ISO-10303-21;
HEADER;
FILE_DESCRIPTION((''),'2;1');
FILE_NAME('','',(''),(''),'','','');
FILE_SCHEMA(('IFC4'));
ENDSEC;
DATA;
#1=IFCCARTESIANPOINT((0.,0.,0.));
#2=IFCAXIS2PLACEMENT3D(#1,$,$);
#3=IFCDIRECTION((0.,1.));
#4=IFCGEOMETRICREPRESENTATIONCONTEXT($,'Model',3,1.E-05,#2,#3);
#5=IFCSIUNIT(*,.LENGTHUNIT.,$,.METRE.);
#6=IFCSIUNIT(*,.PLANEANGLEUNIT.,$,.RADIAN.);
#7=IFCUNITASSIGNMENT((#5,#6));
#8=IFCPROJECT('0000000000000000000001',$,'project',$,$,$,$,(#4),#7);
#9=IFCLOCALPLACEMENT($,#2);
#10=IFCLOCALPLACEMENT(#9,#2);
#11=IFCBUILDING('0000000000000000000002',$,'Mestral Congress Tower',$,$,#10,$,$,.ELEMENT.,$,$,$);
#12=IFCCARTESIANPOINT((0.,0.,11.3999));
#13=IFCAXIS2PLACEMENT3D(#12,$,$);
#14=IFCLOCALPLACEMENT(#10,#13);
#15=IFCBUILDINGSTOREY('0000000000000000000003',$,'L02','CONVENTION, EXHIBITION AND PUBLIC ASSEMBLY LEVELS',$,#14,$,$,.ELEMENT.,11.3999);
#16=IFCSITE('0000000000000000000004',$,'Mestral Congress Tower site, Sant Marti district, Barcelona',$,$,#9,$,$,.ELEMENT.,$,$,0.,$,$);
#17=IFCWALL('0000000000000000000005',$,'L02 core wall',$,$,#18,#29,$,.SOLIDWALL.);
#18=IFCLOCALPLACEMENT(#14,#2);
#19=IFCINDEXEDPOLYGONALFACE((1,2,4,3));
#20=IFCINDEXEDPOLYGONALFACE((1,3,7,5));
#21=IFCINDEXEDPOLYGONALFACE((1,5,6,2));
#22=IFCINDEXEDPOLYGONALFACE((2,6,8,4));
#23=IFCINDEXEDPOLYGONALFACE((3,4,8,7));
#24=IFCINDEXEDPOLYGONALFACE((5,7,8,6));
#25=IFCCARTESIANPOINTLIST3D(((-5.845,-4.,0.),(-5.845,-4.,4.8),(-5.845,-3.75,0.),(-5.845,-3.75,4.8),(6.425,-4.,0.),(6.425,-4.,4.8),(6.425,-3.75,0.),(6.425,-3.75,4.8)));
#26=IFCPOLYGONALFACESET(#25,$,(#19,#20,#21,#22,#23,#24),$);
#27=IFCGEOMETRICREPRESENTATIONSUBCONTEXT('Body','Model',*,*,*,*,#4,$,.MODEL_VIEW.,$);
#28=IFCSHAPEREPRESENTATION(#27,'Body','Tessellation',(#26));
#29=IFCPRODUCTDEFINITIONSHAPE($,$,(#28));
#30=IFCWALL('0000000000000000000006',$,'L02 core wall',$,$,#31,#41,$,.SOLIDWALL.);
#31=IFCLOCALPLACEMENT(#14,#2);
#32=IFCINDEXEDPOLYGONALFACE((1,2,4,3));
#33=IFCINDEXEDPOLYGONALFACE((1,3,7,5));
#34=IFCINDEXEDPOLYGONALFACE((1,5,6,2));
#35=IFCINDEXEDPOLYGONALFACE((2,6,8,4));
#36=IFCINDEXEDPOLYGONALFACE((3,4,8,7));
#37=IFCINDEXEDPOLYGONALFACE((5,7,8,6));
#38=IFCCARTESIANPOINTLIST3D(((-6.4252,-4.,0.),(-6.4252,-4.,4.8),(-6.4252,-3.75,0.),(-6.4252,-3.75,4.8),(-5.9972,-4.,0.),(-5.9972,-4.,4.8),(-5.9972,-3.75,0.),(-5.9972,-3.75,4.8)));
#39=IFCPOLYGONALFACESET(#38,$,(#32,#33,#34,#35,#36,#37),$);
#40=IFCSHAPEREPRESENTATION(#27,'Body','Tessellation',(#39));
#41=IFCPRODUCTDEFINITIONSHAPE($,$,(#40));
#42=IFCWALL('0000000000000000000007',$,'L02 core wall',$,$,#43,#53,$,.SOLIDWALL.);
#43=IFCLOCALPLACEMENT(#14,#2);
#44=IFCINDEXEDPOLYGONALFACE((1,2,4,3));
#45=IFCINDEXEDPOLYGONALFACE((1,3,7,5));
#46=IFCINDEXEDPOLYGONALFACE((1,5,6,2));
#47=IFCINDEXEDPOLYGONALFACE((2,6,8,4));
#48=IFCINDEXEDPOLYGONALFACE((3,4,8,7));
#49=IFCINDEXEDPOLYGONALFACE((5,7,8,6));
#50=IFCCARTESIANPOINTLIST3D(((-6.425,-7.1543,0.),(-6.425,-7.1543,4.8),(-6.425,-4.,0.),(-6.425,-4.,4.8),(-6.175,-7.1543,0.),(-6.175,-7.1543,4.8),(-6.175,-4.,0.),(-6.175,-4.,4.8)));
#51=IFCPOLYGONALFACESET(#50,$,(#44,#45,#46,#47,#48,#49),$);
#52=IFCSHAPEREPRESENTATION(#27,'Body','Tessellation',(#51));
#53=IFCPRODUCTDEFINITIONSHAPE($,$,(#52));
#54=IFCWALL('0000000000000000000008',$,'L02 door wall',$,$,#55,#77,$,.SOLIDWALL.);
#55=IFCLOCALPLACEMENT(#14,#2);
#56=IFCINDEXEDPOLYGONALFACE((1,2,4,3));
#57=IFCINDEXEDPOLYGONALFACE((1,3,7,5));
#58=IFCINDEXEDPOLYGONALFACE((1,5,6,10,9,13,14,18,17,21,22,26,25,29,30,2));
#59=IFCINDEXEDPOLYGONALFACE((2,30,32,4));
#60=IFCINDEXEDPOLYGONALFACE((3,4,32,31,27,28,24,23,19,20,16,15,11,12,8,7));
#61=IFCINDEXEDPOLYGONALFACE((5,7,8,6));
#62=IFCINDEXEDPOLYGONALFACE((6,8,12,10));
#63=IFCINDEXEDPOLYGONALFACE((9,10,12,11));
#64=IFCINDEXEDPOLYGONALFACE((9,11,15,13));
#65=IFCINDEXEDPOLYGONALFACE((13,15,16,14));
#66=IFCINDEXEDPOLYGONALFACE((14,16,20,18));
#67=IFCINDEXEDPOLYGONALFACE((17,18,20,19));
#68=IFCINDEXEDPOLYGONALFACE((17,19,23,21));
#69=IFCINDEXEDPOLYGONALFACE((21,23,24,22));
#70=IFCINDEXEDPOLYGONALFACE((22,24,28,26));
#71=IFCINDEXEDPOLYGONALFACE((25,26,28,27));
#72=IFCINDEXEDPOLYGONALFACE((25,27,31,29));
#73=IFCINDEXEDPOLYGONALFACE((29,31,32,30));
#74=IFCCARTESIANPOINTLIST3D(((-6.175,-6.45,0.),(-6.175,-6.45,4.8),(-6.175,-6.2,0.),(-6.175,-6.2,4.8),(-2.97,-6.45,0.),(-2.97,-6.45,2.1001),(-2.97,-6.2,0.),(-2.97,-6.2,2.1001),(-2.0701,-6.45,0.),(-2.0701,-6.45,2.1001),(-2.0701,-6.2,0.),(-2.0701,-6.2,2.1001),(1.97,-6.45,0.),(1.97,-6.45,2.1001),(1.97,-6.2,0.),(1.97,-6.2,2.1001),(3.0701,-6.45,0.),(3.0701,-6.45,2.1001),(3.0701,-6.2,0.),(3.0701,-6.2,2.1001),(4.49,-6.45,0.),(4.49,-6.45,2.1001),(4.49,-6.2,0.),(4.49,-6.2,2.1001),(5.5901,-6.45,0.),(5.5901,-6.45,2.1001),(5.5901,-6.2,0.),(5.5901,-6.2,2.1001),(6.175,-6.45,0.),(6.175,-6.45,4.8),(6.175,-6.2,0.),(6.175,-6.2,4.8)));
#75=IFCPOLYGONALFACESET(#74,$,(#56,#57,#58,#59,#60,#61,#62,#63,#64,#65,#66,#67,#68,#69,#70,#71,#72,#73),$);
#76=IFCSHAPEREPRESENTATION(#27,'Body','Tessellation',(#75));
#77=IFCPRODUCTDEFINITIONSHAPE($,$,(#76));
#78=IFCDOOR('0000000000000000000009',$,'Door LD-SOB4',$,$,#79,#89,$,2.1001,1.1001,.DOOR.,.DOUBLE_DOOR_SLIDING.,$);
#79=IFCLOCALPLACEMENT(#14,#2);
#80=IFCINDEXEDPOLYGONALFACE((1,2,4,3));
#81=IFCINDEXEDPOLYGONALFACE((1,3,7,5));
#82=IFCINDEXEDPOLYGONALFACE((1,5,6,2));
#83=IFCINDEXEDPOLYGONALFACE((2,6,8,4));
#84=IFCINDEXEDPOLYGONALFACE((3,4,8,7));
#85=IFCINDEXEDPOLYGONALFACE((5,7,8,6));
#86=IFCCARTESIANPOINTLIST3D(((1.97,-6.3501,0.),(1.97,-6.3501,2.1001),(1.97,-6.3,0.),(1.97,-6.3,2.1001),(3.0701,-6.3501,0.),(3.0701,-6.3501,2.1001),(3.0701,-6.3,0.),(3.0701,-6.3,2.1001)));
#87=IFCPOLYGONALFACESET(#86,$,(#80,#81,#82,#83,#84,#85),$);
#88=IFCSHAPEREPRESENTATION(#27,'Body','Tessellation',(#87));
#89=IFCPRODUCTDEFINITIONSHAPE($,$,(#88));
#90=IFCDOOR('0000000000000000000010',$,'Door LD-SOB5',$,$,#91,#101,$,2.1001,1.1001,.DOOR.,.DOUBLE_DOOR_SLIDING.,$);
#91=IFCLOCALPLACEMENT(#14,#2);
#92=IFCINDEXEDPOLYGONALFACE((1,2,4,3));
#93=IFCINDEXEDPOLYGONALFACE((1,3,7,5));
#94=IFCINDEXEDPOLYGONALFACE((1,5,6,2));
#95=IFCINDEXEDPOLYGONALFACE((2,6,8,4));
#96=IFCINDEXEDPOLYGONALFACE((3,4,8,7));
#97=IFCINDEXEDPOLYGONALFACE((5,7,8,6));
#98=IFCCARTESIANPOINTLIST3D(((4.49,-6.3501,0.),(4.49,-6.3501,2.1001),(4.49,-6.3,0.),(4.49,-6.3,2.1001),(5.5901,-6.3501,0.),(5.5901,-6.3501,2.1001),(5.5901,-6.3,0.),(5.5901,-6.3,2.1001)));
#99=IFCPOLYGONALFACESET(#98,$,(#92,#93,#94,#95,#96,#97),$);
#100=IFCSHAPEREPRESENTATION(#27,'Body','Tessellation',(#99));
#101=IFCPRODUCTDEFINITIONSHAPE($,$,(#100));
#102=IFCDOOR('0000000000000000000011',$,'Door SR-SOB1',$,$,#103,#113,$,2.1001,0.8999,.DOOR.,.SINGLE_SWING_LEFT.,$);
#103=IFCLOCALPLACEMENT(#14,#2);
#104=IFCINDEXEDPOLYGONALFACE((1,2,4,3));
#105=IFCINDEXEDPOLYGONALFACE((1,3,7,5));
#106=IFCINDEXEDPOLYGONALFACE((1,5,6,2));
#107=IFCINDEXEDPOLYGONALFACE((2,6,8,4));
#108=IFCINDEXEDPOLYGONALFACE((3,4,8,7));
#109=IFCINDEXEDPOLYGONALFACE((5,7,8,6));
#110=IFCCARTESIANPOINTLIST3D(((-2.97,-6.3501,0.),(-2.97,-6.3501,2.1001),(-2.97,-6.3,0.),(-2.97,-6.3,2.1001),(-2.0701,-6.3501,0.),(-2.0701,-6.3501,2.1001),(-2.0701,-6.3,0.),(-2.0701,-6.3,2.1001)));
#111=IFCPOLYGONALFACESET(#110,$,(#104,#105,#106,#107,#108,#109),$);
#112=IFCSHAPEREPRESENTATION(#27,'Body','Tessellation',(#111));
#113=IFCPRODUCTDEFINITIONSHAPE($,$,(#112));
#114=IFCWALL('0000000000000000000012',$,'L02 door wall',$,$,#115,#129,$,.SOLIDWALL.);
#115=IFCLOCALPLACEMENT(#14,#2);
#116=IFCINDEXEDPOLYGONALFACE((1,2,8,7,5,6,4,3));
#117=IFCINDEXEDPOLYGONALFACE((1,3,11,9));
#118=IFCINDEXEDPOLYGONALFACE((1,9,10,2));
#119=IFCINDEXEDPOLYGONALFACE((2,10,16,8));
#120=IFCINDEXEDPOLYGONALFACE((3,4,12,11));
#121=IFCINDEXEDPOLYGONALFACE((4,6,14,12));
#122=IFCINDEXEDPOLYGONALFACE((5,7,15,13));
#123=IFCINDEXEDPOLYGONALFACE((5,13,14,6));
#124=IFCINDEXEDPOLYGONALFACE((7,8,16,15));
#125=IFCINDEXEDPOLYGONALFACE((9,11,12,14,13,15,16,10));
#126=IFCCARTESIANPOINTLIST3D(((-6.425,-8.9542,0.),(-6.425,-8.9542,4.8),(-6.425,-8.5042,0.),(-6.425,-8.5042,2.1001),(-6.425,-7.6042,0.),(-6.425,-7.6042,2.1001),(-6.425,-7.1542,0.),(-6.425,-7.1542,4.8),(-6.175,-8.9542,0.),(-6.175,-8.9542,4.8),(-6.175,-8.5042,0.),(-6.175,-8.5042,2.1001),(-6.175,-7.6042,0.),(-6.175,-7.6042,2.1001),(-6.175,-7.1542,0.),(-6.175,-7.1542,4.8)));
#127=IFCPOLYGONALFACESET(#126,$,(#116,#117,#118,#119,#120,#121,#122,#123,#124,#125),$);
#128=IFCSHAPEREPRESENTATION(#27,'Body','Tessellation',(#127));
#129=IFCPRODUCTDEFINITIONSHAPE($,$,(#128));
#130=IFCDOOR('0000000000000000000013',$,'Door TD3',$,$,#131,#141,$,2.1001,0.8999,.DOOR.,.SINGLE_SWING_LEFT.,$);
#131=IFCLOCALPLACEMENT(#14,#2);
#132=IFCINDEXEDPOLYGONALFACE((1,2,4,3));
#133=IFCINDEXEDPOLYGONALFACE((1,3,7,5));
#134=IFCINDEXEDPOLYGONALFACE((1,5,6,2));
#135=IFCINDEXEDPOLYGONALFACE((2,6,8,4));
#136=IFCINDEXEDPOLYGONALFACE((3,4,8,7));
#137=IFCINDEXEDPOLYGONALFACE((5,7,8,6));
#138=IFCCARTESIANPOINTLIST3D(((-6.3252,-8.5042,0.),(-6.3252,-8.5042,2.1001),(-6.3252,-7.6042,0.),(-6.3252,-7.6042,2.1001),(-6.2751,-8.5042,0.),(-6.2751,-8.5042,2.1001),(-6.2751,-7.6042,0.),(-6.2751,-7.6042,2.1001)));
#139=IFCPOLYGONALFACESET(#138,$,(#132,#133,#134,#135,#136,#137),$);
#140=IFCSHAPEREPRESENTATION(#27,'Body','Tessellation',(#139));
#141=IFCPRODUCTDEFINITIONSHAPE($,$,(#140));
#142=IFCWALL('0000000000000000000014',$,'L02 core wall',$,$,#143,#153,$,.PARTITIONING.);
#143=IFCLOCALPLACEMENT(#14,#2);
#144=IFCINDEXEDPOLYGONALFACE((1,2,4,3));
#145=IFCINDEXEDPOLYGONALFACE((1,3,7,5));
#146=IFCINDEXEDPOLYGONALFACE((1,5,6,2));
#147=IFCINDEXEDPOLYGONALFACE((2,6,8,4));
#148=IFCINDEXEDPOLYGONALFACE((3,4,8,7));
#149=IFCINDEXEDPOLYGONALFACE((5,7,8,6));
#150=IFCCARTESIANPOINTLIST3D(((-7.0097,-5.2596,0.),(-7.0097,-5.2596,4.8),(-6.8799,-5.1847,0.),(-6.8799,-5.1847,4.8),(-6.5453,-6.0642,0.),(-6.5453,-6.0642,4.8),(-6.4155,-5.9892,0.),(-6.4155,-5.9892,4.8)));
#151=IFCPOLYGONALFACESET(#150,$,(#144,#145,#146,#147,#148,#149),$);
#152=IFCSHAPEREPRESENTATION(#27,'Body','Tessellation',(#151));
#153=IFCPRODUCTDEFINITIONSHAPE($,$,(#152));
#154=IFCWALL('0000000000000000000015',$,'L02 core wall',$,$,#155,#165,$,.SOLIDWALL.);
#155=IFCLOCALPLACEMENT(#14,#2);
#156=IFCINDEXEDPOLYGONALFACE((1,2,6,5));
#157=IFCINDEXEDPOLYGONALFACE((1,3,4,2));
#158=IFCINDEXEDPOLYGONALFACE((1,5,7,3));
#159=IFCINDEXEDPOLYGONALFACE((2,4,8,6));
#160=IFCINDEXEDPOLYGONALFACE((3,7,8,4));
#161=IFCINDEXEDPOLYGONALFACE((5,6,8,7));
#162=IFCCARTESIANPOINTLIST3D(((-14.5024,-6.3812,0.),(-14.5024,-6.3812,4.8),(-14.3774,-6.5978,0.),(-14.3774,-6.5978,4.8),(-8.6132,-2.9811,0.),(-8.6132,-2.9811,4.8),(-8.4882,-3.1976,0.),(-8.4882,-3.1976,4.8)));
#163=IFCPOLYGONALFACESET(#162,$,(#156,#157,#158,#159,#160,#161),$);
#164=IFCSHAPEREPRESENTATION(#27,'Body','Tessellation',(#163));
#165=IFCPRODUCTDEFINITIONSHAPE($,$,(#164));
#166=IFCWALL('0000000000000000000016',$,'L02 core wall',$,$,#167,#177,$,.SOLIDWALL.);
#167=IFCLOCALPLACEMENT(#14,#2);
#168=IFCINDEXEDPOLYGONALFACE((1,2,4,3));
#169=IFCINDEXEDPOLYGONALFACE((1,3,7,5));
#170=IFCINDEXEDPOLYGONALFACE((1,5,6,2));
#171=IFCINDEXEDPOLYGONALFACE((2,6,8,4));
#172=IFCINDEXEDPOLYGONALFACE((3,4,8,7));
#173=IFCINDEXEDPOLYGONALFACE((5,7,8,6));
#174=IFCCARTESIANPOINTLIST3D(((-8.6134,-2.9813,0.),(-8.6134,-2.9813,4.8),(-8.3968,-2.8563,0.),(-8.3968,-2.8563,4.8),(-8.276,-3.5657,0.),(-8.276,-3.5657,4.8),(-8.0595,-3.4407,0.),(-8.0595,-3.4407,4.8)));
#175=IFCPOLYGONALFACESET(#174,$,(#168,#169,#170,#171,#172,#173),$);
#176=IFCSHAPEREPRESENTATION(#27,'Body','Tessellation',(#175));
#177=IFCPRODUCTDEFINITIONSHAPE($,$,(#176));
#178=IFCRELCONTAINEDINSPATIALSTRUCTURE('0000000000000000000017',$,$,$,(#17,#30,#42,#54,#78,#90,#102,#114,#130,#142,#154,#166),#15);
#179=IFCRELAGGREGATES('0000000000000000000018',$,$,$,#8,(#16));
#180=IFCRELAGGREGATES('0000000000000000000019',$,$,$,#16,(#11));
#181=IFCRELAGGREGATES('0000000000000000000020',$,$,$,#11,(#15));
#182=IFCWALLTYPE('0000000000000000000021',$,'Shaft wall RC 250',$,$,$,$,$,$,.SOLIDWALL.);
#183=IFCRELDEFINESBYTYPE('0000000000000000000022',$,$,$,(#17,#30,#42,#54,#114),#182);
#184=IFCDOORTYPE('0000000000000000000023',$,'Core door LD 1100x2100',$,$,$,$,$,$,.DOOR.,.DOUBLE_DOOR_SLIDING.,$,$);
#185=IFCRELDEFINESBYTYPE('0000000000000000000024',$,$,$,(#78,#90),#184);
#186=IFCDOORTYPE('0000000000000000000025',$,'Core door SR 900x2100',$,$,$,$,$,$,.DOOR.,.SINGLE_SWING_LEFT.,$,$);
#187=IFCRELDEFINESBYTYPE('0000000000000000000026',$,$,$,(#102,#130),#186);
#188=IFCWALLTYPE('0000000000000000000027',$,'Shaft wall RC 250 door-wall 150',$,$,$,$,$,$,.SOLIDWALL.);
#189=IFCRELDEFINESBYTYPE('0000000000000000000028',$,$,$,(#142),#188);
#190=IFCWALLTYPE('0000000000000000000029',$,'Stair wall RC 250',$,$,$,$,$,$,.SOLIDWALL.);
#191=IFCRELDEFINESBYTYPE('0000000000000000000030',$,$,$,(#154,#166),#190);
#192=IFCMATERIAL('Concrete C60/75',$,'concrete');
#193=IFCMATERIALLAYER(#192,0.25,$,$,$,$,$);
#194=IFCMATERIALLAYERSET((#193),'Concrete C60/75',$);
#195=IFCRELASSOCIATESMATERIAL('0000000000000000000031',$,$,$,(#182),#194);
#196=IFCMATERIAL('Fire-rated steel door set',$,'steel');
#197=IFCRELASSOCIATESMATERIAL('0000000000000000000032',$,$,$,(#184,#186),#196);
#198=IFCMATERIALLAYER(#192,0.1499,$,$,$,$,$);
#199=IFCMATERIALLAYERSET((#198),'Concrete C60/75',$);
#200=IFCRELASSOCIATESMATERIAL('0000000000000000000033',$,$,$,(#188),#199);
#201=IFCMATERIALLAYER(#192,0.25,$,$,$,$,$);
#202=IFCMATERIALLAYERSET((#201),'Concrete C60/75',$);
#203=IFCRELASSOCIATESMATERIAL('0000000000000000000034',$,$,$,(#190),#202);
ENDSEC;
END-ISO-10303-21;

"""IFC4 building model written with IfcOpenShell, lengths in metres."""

from ifc_helpers import new_model, si_unit, direction, frame, frame_2d, origin, place, context, subcontext, project, spatial, rectangle, extrude, material, layer, layer_set, type_object, element, fill, save


model = new_model("IFC4")

# Units and contexts
model_context = context("Model", 3, precision=1e-05, world=origin(), true_north=direction((0.0, 1.0)))
body_context = subcontext(model_context, "Body", "Model", "MODEL_VIEW")
ifc_project = project(units=[si_unit("LENGTHUNIT", "METRE"), si_unit("PLANEANGLEUNIT", "RADIAN")], contexts=[model_context])

# Site, building, storey
site_placement = place(None, origin())
site = spatial("IfcSite", under=ifc_project, at=site_placement, Name="Mestral Congress Tower site, Sant Marti district, Barcelona", CompositionType="ELEMENT", RefElevation=0.0)
building_placement = place(site_placement, origin())
building = spatial("IfcBuilding", under=site, at=building_placement, Name="Mestral Congress Tower", CompositionType="ELEMENT")
storey_placement = place(building_placement, frame((0.0, 0.0, 11.3999)))
storey = spatial("IfcBuildingStorey", under=building, at=storey_placement, Name="L02", Description="CONVENTION, EXHIBITION AND PUBLIC ASSEMBLY LEVELS", CompositionType="ELEMENT", Elevation=11.3999)

# Shared definitions
ifc_material_1 = material(Name="Fire-rated steel door set", Category="steel")

# Shared definitions
ifc_material_2 = material(Name="Concrete C60/75", Category="concrete")

# Walls
ifc_layer_1 = layer(ifc_material_2, 0.25)
ifc_layer_set_1 = layer_set([ifc_layer_1], Name="Concrete C60/75")
wall_type_1 = type_object("IfcWallType", Name="Shaft wall RC 250", PredefinedType="SOLIDWALL", material=ifc_layer_set_1)
wall_1_placement = place(storey_placement, frame((-5.845, -3.875, 0.0), z_axis=(0.0, 0.0, 1.0), x_axis=(1.0, 0.0, 0.0)))
element("IfcWall", 1, at=wall_1_placement, inside=storey, type_object=wall_type_1, Name="L02 core wall", PredefinedType="SOLIDWALL", context=body_context, shape_type="SweptSolid", body=[
    extrude(rectangle(XDim=12.27, YDim=0.25, at=frame_2d((6.135, 0.0))), origin(), (0.0, 0.0, 1.0), 4.8),
])
wall_2_placement = place(storey_placement, frame((-6.425, -3.875, 0.0), z_axis=(0.0, 0.0, 1.0), x_axis=(1.0, 0.0, 0.0)))
element("IfcWall", 2, at=wall_2_placement, inside=storey, type_object=wall_type_1, Name="L02 core wall", PredefinedType="SOLIDWALL", context=body_context, shape_type="SweptSolid", body=[
    extrude(rectangle(XDim=0.428, YDim=0.25, at=frame_2d((0.2139, 0.0))), origin(), (0.0, 0.0, 1.0), 4.8),
])
wall_3_placement = place(storey_placement, frame((-6.3, -4.0, 0.0), z_axis=(0.0, 0.0, 1.0), x_axis=(0.0, -1.0, 0.0)))
element("IfcWall", 3, at=wall_3_placement, inside=storey, type_object=wall_type_1, Name="L02 core wall", PredefinedType="SOLIDWALL", context=body_context, shape_type="SweptSolid", body=[
    extrude(rectangle(XDim=3.1543, YDim=0.25, at=frame_2d((1.5771, 0.0))), origin(), (0.0, 0.0, 1.0), 4.8),
])

# Wall, openings, doors
wall_4_placement = place(storey_placement, frame((-6.175, -6.325, 0.0), z_axis=(0.0, 0.0, 1.0), x_axis=(1.0, 0.0, 0.0)))
wall_4 = element("IfcWall", 4, at=wall_4_placement, inside=storey, type_object=wall_type_1, Name="L02 door wall", PredefinedType="SOLIDWALL", context=body_context, shape_type="SweptSolid", body=[
    extrude(rectangle(XDim=12.3501, YDim=0.25, at=frame_2d((6.175, 0.0))), origin(), (0.0, 0.0, 1.0), 4.8),
])
opening_1_placement = place(wall_4_placement, frame((3.2051, 0.0, 0.0)))
opening_1 = element("IfcOpeningElement", 5, at=opening_1_placement, cuts=wall_4, PredefinedType="OPENING", context=body_context, shape_type="SweptSolid", body=[
    extrude(rectangle(XDim=0.8999, YDim=2.1001, at=frame_2d((0.45, 1.05))), frame((0.0, 0.135, 0.0), z_axis=(0.0, -1.0, 0.0), x_axis=(1.0, 0.0, 0.0)), (0.0, 0.0, 1.0), 0.27),
])
opening_2_placement = place(wall_4_placement, frame((8.145, 0.0, 0.0)))
opening_2 = element("IfcOpeningElement", 6, at=opening_2_placement, cuts=wall_4, PredefinedType="OPENING", context=body_context, shape_type="SweptSolid", body=[
    extrude(rectangle(XDim=1.1001, YDim=2.1001, at=frame_2d((0.55, 1.05))), frame((0.0, 0.135, 0.0), z_axis=(0.0, -1.0, 0.0), x_axis=(1.0, 0.0, 0.0)), (0.0, 0.0, 1.0), 0.27),
])
opening_3_placement = place(wall_4_placement, frame((10.665, 0.0, 0.0)))
opening_3 = element("IfcOpeningElement", 7, at=opening_3_placement, cuts=wall_4, PredefinedType="OPENING", context=body_context, shape_type="SweptSolid", body=[
    extrude(rectangle(XDim=1.1001, YDim=2.1001, at=frame_2d((0.55, 1.05))), frame((0.0, 0.135, 0.0), z_axis=(0.0, -1.0, 0.0), x_axis=(1.0, 0.0, 0.0)), (0.0, 0.0, 1.0), 0.27),
])
door_type_1 = type_object("IfcDoorType", Name="Core door LD 1100x2100", OperationType="DOUBLE_DOOR_SLIDING", PredefinedType="DOOR", material=ifc_material_1)
door_1_placement = place(opening_2_placement, origin())
door_1 = element("IfcDoor", 8, at=door_1_placement, inside=storey, type_object=door_type_1, Name="Door LD-SOB4", OperationType="DOUBLE_DOOR_SLIDING", OverallHeight=2.1001, OverallWidth=1.1001, PredefinedType="DOOR", context=body_context, shape_type="SweptSolid", body=[
    extrude(rectangle(XDim=1.1001, YDim=2.1001, at=frame_2d((0.55, 1.05))), frame((0.0, 0.0249, 0.0), z_axis=(0.0, -1.0, 0.0), x_axis=(1.0, 0.0, 0.0)), (0.0, 0.0, 1.0), 0.05),
])
fill(opening_2, door_1)
door_2_placement = place(opening_3_placement, origin())
door_2 = element("IfcDoor", 9, at=door_2_placement, inside=storey, type_object=door_type_1, Name="Door LD-SOB5", OperationType="DOUBLE_DOOR_SLIDING", OverallHeight=2.1001, OverallWidth=1.1001, PredefinedType="DOOR", context=body_context, shape_type="SweptSolid", body=[
    extrude(rectangle(XDim=1.1001, YDim=2.1001, at=frame_2d((0.55, 1.05))), frame((0.0, 0.0249, 0.0), z_axis=(0.0, -1.0, 0.0), x_axis=(1.0, 0.0, 0.0)), (0.0, 0.0, 1.0), 0.05),
])
fill(opening_3, door_2)
door_type_2 = type_object("IfcDoorType", Name="Core door SR 900x2100", OperationType="SINGLE_SWING_LEFT", PredefinedType="DOOR", material=ifc_material_1)
door_3_placement = place(opening_1_placement, origin())
door_3 = element("IfcDoor", 10, at=door_3_placement, inside=storey, type_object=door_type_2, Name="Door SR-SOB1", OperationType="SINGLE_SWING_LEFT", OverallHeight=2.1001, OverallWidth=0.8999, PredefinedType="DOOR", context=body_context, shape_type="SweptSolid", body=[
    extrude(rectangle(XDim=0.8999, YDim=2.1001, at=frame_2d((0.45, 1.05))), frame((0.0, 0.0249, 0.0), z_axis=(0.0, -1.0, 0.0), x_axis=(1.0, 0.0, 0.0)), (0.0, 0.0, 1.0), 0.05),
])
fill(opening_1, door_3)

# Wall, opening, door
wall_5_placement = place(storey_placement, frame((-6.3, -7.1543, 0.0), z_axis=(0.0, 0.0, 1.0), x_axis=(0.0, -1.0, 0.0)))
wall_5 = element("IfcWall", 11, at=wall_5_placement, inside=storey, type_object=wall_type_1, Name="L02 door wall", PredefinedType="SOLIDWALL", context=body_context, shape_type="SweptSolid", body=[
    extrude(rectangle(XDim=1.8, YDim=0.25, at=frame_2d((0.8999, 0.0))), origin(), (0.0, 0.0, 1.0), 4.8),
])
opening_4_placement = place(wall_5_placement, frame((0.45, 0.0, 0.0)))
opening_4 = element("IfcOpeningElement", 12, at=opening_4_placement, cuts=wall_5, PredefinedType="OPENING", context=body_context, shape_type="SweptSolid", body=[
    extrude(rectangle(XDim=0.8999, YDim=2.1001, at=frame_2d((0.45, 1.05))), frame((0.0, 0.135, 0.0), z_axis=(0.0, -1.0, 0.0), x_axis=(1.0, 0.0, 0.0)), (0.0, 0.0, 1.0), 0.27),
])
door_4_placement = place(opening_4_placement, origin())
door_4 = element("IfcDoor", 13, at=door_4_placement, inside=storey, type_object=door_type_2, Name="Door TD3", OperationType="SINGLE_SWING_LEFT", OverallHeight=2.1001, OverallWidth=0.8999, PredefinedType="DOOR", context=body_context, shape_type="SweptSolid", body=[
    extrude(rectangle(XDim=0.8999, YDim=2.1001, at=frame_2d((0.45, 1.05))), frame((0.0, 0.0249, 0.0), z_axis=(0.0, -1.0, 0.0), x_axis=(1.0, 0.0, 0.0)), (0.0, 0.0, 1.0), 0.05),
])
fill(opening_4, door_4)

# Walls
ifc_layer_2 = layer(ifc_material_2, 0.1499)
ifc_layer_set_2 = layer_set([ifc_layer_2], Name="Concrete C60/75")
wall_type_2 = type_object("IfcWallType", Name="Shaft wall RC 250 door-wall 150", PredefinedType="SOLIDWALL", material=ifc_layer_set_2)
wall_6_placement = place(storey_placement, frame((-6.4805, -6.0266, 0.0), z_axis=(0.0, 0.0, 1.0), x_axis=(-0.499927, 0.866067, 0.0)))
element("IfcWall", 14, at=wall_6_placement, inside=storey, type_object=wall_type_2, Name="L02 core wall", PredefinedType="PARTITIONING", context=body_context, shape_type="SweptSolid", body=[
    extrude(rectangle(XDim=0.929, YDim=0.1499, at=frame_2d((0.4644, 0.0))), origin(), (0.0, 0.0, 1.0), 4.8),
])
ifc_layer_3 = layer(ifc_material_2, 0.25)
ifc_layer_set_3 = layer_set([ifc_layer_3], Name="Concrete C60/75")
wall_type_3 = type_object("IfcWallType", Name="Stair wall RC 250", PredefinedType="SOLIDWALL", material=ifc_layer_set_3)
wall_7_placement = place(storey_placement, frame((-14.4399, -6.4895, 0.0), z_axis=(0.0, 0.0, 1.0), x_axis=(0.866023, 0.500004, 0.0)))
element("IfcWall", 15, at=wall_7_placement, inside=storey, type_object=wall_type_3, Name="L02 core wall", PredefinedType="SOLIDWALL", context=body_context, shape_type="SweptSolid", body=[
    extrude(rectangle(XDim=6.8003, YDim=0.25, at=frame_2d((3.4001, 0.0))), origin(), (0.0, 0.0, 1.0), 4.8),
])
wall_8_placement = place(storey_placement, frame((-8.1677, -3.5032, 0.0), z_axis=(0.0, 0.0, 1.0), x_axis=(-0.499952, 0.866053, 0.0)))
element("IfcWall", 16, at=wall_8_placement, inside=storey, type_object=wall_type_3, Name="L02 core wall", PredefinedType="SOLIDWALL", context=body_context, shape_type="SweptSolid", body=[
    extrude(rectangle(XDim=0.6748, YDim=0.25, at=frame_2d((0.3374, 0.0))), origin(), (0.0, 0.0, 1.0), 4.8),
])

save(model, "model.ifc")
